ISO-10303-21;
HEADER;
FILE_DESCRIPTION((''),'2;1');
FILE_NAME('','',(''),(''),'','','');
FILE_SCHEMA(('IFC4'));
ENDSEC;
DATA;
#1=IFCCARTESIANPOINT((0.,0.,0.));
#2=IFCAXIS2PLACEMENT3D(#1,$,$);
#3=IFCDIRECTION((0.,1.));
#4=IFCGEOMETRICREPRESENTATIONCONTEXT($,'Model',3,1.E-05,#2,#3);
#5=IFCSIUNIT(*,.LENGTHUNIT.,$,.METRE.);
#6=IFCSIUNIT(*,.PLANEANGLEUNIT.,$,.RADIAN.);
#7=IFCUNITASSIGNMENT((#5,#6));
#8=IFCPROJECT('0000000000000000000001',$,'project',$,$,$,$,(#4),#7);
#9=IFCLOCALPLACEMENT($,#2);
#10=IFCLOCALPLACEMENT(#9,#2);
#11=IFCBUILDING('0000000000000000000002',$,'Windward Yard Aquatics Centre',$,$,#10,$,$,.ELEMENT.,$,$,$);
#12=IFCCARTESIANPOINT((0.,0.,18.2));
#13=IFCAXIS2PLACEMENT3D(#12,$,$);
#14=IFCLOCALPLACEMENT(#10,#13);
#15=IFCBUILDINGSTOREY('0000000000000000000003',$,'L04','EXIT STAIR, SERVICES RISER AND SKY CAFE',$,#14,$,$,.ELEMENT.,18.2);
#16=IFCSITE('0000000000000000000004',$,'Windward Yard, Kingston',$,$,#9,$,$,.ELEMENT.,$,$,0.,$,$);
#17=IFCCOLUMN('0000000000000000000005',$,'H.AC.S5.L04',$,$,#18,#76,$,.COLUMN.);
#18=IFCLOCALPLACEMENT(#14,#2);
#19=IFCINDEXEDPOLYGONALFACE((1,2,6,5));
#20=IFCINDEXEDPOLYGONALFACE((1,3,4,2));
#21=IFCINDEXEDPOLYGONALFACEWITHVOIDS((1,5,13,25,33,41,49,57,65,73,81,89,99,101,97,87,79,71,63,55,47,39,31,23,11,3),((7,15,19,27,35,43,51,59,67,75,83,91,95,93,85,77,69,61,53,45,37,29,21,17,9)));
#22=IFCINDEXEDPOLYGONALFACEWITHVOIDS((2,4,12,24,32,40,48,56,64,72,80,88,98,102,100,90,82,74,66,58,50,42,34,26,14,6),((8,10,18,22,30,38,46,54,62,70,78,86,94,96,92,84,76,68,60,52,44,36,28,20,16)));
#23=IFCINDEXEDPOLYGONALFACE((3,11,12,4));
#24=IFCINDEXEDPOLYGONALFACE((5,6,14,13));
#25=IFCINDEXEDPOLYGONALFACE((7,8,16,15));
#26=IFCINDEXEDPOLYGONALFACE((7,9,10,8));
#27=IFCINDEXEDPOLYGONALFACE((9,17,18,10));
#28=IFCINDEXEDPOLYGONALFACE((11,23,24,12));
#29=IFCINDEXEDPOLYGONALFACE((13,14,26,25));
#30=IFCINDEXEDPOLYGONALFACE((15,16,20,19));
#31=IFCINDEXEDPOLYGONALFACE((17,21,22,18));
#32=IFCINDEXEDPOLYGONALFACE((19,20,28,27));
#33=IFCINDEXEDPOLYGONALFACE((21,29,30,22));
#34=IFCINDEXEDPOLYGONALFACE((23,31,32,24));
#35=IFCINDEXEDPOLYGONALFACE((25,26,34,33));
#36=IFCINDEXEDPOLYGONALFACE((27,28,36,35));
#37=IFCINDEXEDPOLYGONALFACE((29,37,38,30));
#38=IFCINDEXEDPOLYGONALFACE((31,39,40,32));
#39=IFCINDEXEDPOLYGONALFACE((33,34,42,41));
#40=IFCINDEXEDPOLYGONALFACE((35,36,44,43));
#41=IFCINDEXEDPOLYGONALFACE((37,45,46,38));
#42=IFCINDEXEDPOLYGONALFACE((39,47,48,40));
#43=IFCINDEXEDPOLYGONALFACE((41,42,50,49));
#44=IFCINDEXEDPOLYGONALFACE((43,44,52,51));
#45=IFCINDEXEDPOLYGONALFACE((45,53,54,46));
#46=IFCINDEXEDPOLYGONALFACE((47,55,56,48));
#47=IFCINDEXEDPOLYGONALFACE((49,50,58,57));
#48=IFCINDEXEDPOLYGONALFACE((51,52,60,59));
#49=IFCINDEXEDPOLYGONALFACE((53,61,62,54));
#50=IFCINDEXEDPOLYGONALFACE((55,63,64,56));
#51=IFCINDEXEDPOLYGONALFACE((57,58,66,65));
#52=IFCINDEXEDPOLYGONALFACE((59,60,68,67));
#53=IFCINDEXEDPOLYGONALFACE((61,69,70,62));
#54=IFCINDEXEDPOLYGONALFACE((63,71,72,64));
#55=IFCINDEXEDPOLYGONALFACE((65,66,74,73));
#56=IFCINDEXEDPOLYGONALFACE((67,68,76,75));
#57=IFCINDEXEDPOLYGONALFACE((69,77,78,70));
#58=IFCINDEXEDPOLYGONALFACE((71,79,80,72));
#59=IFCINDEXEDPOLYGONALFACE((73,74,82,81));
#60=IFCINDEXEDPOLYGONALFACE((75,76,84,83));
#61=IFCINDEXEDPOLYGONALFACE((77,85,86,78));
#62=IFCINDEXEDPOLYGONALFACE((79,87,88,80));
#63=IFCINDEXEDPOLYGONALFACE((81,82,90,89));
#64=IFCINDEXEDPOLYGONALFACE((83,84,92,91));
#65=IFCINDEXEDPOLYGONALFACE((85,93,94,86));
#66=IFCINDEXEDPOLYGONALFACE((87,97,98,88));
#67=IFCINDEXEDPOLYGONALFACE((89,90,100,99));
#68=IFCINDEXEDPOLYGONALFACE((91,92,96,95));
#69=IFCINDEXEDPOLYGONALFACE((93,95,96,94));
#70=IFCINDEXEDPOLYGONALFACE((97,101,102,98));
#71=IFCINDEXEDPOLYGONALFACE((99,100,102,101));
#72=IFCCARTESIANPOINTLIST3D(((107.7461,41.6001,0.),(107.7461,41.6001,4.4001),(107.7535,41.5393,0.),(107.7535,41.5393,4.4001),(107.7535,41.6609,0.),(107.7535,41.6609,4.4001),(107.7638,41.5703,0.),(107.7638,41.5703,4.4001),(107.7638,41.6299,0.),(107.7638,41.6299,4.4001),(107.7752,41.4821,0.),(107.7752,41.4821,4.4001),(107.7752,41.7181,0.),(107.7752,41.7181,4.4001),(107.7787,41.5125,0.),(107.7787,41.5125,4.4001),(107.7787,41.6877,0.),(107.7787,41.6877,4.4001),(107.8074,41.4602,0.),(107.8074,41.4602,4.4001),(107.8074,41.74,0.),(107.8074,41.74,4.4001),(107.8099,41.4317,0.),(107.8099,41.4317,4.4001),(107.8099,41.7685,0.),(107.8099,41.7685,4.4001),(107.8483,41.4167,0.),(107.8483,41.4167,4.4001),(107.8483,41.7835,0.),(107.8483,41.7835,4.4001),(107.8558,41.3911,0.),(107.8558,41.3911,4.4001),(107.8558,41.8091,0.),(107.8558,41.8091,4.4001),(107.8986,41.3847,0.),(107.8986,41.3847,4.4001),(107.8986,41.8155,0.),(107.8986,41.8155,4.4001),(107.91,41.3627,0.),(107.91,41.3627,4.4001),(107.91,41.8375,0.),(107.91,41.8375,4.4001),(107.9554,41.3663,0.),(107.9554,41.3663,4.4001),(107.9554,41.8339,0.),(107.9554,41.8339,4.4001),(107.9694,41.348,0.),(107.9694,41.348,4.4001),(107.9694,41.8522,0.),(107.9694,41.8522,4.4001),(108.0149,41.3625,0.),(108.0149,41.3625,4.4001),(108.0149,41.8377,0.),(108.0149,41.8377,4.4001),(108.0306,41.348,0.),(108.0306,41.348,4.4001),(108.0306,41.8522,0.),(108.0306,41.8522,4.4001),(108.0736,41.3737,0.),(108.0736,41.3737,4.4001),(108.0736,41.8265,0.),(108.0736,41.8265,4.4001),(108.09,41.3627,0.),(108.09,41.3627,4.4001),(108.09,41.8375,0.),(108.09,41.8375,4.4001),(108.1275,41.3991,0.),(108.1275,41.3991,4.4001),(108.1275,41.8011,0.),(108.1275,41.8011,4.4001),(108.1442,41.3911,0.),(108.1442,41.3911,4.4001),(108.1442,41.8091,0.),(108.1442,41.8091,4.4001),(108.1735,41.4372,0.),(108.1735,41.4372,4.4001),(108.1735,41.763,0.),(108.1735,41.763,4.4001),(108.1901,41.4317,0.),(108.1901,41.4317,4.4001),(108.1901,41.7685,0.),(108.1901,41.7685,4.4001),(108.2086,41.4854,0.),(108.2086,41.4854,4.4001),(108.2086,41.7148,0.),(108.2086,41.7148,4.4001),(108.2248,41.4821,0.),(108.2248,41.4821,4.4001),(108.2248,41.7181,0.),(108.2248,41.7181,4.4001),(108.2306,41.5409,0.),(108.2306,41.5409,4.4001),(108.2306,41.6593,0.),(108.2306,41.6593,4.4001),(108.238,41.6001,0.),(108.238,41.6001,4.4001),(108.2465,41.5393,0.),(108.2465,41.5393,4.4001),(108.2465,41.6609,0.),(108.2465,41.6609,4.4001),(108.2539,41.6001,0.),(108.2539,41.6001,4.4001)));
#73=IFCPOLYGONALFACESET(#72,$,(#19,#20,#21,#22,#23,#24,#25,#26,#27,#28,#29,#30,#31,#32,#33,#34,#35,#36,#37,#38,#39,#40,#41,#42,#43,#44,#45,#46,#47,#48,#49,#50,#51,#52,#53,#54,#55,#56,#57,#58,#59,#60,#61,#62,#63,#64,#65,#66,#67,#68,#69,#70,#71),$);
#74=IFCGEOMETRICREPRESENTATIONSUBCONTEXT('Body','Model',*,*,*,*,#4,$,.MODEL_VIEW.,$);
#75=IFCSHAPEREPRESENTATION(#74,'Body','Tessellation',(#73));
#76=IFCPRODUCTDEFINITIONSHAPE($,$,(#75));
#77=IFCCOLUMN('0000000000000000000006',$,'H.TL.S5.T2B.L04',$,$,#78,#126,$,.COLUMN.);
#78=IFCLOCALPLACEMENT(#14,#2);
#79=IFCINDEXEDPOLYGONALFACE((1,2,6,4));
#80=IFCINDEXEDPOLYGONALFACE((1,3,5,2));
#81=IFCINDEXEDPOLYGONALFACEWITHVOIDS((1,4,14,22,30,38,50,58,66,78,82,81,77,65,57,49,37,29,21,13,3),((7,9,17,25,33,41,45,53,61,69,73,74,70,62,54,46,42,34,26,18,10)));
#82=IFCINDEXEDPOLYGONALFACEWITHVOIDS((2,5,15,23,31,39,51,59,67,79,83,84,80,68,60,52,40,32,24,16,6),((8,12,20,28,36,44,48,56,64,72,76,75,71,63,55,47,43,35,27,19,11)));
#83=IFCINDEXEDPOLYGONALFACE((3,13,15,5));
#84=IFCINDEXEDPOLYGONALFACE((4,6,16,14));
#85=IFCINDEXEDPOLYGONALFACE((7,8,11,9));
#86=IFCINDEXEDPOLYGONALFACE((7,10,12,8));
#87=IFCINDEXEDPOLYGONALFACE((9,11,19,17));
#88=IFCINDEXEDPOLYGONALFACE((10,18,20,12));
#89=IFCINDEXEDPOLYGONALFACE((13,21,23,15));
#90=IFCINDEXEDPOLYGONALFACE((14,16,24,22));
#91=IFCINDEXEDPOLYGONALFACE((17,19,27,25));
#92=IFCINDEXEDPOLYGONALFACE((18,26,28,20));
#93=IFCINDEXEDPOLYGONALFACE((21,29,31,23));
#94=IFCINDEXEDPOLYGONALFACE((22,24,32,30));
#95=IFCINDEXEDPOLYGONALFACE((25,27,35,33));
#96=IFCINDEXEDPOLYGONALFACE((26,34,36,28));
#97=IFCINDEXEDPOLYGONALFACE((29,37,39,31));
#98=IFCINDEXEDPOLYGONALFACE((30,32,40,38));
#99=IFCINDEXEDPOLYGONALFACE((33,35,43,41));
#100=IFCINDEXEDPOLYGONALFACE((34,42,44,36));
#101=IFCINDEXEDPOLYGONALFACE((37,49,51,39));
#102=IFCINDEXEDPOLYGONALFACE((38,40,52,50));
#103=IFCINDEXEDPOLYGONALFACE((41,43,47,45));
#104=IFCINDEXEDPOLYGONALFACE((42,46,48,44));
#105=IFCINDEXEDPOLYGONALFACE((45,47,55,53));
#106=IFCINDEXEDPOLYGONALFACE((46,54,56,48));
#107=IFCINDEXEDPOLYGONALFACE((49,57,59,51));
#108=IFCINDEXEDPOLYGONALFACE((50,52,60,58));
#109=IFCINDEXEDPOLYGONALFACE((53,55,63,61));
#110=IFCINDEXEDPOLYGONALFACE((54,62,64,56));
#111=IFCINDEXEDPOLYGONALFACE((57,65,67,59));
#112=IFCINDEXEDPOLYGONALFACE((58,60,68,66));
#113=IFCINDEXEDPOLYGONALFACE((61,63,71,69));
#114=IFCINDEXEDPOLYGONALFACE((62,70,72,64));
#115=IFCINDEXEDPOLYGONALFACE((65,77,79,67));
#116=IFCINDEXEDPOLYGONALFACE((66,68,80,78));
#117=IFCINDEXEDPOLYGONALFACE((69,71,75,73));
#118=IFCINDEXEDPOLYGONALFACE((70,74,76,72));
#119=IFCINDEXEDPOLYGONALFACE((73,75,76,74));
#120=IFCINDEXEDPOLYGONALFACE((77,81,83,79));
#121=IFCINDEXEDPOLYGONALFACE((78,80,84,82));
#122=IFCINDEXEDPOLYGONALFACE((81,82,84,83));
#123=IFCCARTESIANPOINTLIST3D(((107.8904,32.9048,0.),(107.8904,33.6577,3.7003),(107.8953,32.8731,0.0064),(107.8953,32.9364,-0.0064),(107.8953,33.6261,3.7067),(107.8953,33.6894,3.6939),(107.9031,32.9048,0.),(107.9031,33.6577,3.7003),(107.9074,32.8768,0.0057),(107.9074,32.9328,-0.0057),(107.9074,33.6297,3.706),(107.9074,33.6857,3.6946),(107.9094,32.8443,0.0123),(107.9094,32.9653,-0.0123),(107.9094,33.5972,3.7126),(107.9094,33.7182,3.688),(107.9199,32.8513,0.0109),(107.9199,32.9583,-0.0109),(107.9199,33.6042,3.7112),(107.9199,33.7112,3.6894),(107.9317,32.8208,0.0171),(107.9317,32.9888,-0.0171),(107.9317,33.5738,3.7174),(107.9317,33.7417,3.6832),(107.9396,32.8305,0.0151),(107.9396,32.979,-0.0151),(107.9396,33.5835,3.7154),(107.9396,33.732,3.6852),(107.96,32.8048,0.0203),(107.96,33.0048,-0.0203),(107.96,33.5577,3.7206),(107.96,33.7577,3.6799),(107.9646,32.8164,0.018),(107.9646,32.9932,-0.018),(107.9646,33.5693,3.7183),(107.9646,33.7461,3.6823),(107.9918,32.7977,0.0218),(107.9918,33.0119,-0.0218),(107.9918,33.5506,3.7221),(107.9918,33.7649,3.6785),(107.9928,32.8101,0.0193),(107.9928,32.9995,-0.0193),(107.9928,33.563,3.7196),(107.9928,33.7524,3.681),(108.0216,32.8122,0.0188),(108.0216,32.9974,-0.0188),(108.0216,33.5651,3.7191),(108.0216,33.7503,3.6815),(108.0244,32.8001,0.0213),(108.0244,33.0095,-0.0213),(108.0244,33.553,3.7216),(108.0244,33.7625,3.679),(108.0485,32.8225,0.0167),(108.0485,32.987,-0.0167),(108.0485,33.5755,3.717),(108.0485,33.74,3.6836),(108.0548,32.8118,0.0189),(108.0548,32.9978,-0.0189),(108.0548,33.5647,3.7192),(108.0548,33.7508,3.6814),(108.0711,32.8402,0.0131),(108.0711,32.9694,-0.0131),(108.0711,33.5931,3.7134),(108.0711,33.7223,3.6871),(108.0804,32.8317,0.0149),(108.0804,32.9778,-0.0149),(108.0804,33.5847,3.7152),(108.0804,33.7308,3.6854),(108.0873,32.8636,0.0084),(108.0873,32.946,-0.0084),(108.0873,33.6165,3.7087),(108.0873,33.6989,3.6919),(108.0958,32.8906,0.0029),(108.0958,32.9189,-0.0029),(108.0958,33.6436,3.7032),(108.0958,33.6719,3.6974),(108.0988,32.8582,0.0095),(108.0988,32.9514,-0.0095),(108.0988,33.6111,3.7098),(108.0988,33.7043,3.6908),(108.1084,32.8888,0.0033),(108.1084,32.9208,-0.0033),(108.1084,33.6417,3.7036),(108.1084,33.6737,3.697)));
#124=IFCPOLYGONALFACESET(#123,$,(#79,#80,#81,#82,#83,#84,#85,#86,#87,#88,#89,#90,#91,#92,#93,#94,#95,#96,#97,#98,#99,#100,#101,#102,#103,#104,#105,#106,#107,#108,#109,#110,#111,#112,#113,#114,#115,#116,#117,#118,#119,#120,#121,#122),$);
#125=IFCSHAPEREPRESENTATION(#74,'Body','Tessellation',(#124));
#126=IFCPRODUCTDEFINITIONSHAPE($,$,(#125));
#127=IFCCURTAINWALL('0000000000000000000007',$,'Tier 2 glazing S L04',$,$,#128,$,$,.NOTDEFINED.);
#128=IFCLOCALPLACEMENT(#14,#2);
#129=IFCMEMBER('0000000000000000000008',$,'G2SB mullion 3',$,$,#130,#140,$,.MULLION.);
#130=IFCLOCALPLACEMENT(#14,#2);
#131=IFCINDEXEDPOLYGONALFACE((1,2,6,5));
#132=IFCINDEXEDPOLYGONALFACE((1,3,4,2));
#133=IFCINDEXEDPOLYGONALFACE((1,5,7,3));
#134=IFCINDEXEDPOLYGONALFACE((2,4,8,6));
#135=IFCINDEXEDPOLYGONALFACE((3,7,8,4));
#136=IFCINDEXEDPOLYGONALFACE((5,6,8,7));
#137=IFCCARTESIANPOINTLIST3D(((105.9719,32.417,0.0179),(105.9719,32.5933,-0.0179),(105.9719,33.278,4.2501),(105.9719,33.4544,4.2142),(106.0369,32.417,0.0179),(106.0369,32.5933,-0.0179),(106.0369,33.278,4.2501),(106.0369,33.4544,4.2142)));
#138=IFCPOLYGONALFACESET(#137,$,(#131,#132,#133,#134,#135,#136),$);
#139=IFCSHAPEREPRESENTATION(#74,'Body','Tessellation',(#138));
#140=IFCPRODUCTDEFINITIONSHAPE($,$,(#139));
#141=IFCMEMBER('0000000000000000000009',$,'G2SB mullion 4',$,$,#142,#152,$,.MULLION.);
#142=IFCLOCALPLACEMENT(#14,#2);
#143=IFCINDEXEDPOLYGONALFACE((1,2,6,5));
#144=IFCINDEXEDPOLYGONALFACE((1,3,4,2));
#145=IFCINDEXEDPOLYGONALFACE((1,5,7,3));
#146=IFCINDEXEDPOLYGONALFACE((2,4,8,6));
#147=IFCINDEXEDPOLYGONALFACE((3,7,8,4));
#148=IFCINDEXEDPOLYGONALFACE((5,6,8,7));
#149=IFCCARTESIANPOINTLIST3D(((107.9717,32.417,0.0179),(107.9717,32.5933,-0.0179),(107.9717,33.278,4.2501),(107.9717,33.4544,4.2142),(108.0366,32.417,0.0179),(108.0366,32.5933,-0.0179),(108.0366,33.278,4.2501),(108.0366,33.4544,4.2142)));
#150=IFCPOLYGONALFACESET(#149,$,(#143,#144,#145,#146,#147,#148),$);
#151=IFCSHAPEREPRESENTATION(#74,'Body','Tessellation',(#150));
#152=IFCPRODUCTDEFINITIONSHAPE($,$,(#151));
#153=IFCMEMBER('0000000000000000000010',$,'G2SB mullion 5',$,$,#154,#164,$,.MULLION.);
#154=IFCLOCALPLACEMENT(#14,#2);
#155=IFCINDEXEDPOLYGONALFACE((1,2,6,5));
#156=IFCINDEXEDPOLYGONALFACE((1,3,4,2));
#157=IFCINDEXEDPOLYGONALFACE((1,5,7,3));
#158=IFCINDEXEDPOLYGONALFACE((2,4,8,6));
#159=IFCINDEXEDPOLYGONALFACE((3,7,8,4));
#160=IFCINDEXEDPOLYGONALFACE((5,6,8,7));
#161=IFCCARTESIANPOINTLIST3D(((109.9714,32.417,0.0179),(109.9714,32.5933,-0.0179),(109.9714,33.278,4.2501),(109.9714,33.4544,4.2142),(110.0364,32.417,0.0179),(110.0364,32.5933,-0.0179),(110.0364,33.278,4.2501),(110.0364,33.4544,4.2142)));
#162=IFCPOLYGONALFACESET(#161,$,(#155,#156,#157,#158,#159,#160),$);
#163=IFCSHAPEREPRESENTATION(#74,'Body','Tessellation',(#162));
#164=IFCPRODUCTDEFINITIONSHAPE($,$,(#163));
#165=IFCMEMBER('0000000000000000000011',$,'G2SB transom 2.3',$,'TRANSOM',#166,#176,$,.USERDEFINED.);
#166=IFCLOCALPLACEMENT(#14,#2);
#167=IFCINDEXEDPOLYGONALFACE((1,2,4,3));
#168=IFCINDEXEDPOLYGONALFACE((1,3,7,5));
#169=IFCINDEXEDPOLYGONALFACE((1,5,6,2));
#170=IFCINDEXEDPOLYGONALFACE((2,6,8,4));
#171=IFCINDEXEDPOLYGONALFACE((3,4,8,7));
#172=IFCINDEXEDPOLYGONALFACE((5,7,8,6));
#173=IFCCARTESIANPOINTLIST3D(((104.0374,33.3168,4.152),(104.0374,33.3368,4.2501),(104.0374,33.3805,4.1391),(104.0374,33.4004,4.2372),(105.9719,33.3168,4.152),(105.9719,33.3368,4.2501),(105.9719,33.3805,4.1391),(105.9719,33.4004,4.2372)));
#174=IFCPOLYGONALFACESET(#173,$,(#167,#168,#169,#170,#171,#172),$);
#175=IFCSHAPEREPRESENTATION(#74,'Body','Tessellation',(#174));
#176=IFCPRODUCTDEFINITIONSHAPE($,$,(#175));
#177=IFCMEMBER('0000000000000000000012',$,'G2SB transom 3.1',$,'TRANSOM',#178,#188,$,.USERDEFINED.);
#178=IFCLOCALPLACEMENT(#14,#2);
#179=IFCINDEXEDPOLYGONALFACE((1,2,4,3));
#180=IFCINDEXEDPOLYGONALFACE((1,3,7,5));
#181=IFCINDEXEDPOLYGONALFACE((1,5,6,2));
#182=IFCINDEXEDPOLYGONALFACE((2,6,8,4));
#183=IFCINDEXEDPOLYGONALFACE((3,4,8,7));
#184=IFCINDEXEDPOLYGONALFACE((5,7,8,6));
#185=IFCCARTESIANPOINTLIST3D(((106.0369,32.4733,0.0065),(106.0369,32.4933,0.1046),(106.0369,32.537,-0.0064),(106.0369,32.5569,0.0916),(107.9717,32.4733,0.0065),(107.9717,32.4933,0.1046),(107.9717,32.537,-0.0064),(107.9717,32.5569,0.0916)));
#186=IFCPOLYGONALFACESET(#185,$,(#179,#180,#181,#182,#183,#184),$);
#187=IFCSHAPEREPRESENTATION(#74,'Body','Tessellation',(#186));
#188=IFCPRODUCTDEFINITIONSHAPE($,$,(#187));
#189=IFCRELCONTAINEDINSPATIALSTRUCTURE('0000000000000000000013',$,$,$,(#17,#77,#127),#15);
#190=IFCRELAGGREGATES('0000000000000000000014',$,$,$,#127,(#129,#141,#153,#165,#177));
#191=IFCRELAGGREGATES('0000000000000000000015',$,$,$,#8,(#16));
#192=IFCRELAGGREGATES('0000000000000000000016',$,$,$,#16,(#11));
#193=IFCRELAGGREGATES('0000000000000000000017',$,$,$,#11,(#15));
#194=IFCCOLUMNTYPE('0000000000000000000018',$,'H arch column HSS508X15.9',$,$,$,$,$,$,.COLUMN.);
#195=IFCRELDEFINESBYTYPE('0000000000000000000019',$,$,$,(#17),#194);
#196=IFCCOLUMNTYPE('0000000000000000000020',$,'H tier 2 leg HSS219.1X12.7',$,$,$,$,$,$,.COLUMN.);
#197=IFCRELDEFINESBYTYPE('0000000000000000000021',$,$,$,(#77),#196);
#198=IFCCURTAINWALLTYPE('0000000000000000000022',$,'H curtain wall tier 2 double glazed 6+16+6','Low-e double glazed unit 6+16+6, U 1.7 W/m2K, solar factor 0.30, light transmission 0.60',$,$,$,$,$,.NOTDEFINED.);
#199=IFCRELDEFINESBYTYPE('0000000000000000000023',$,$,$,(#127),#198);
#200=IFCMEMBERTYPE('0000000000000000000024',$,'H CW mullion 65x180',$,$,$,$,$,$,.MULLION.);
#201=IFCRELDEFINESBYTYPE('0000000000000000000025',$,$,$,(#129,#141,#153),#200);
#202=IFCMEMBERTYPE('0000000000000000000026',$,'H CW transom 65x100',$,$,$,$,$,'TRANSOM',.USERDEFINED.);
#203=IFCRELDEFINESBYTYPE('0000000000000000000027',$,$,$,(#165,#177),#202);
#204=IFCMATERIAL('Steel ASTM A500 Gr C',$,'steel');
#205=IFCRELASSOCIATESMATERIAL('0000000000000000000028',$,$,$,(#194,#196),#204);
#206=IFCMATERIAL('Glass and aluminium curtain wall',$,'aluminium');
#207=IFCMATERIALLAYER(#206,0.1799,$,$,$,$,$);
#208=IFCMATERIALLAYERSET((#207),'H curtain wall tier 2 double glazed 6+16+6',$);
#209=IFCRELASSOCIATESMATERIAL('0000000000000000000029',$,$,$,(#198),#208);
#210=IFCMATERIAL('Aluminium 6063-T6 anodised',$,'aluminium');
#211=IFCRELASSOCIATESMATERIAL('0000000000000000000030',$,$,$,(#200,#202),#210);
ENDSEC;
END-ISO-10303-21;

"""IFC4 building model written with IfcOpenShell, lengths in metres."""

from ifc_helpers import new_model, si_unit, direction, frame, origin, origin_2d, place, context, subcontext, project, spatial, rectangle, hollow_circle, extrude, material, layer, layer_set, material_profile, profile_set, type_object, element, aggregate, save


model = new_model("IFC4")

# Units and contexts
model_context = context("Model", 3, precision=1e-05, world=origin(), true_north=direction((0.0, 1.0)))
body_context = subcontext(model_context, "Body", "Model", "MODEL_VIEW")
ifc_project = project(units=[si_unit("LENGTHUNIT", "METRE"), si_unit("PLANEANGLEUNIT", "RADIAN")], contexts=[model_context])

# Site, building, storey
site_placement = place(None, origin())
site = spatial("IfcSite", under=ifc_project, at=site_placement, Name="Windward Yard, Kingston", CompositionType="ELEMENT", RefElevation=0.0)
building_placement = place(site_placement, origin())
building = spatial("IfcBuilding", under=site, at=building_placement, Name="Windward Yard Aquatics Centre", CompositionType="ELEMENT")
storey_placement = place(building_placement, frame((0.0, 0.0, 18.2)))
storey = spatial("IfcBuildingStorey", under=building, at=storey_placement, Name="L04", Description="EXIT STAIR, SERVICES RISER AND SKY CAFE", CompositionType="ELEMENT", Elevation=18.2)

# Columns
ifc_material_1 = material(Name="Steel ASTM A500 Gr C", Category="steel")
ifc_material_profile_1 = material_profile(ifc_material_1, hollow_circle(Radius=0.2539, WallThickness=0.0159, at=origin_2d()), Name="HSS508X15.9")
ifc_profile_set_1 = profile_set([ifc_material_profile_1], Name="Steel ASTM A500 Gr C")
column_type_1 = type_object("IfcColumnType", Name="H arch column HSS508X15.9", PredefinedType="COLUMN", material=ifc_profile_set_1)
column_1_placement = place(storey_placement, frame((108.0, 41.6001, 0.0), z_axis=(0.0, 0.0, 1.0), x_axis=(1.0, 0.0, 0.0)))
element("IfcColumn", 1, at=column_1_placement, inside=storey, type_object=column_type_1, Name="H.AC.S5.L04", PredefinedType="COLUMN", context=body_context, shape_type="SweptSolid", body=[
    extrude(hollow_circle(Radius=0.2539, WallThickness=0.0159, at=origin_2d()), origin(), (0.0, 0.0, 1.0), 4.4001),
])
ifc_material_profile_2 = material_profile(ifc_material_1, hollow_circle(Radius=0.1096, WallThickness=0.0127, at=origin_2d()), Name="HSS219.1X12.7")
ifc_profile_set_2 = profile_set([ifc_material_profile_2], Name="Steel ASTM A500 Gr C")
column_type_2 = type_object("IfcColumnType", Name="H tier 2 leg HSS219.1X12.7", PredefinedType="COLUMN", material=ifc_profile_set_2)
column_2_placement = place(storey_placement, frame((108.0, 32.9048, 0.0), z_axis=(0.0, 0.199398, 0.979919), x_axis=(-1.0, 0.0, 0.0)))
element("IfcColumn", 2, at=column_2_placement, inside=storey, type_object=column_type_2, Name="H.TL.S5.T2B.L04", PredefinedType="COLUMN", context=body_context, shape_type="SweptSolid", body=[
    extrude(hollow_circle(Radius=0.1096, WallThickness=0.0127, at=origin_2d()), origin(), (0.0, 0.0, 1.0), 3.7761),
])

# Curtain wall, members
ifc_material_2 = material(Name="Glass and aluminium curtain wall", Category="aluminium")
ifc_layer_1 = layer(ifc_material_2, 0.1799)
ifc_layer_set_1 = layer_set([ifc_layer_1], Name="H curtain wall tier 2 double glazed 6+16+6")
curtain_wall_type = type_object("IfcCurtainWallType", Name="H curtain wall tier 2 double glazed 6+16+6", Description="Low-e double glazed unit 6+16+6, U 1.7 W/m2K, solar factor 0.30, light transmission 0.60", PredefinedType="NOTDEFINED", material=ifc_layer_set_1)
curtain_wall_placement = place(storey_placement, origin())
curtain_wall = element("IfcCurtainWall", 3, at=curtain_wall_placement, inside=storey, type_object=curtain_wall_type, Name="Tier 2 glazing S L04", PredefinedType="NOTDEFINED")
ifc_material_3 = material(Name="Aluminium 6063-T6 anodised", Category="aluminium")
ifc_material_profile_3 = material_profile(ifc_material_3, rectangle(XDim=0.0649, YDim=0.1799, at=origin_2d()), Name="H CW mullion 65x180")
ifc_profile_set_3 = profile_set([ifc_material_profile_3], Name="Aluminium 6063-T6 anodised")
member_type_1 = type_object("IfcMemberType", Name="H CW mullion 65x180", PredefinedType="MULLION", material=ifc_profile_set_3)
member_1_placement = place(storey_placement, frame((106.0044, 32.5051, 0.0), z_axis=(0.0, 0.199376, 0.979923), x_axis=(-1.0, 0.0, 0.0)))
member_1 = element("IfcMember", 4, at=member_1_placement, type_object=member_type_1, Name="G2SB mullion 3", PredefinedType="MULLION", context=body_context, shape_type="SweptSolid", body=[
    extrude(rectangle(XDim=0.0649, YDim=0.1799, at=origin_2d()), origin(), (0.0, 0.0, 1.0), 4.3188),
])
member_2_placement = place(storey_placement, frame((108.0042, 32.5051, 0.0), z_axis=(0.0, 0.199376, 0.979923), x_axis=(-1.0, 0.0, 0.0)))
member_2 = element("IfcMember", 5, at=member_2_placement, type_object=member_type_1, Name="G2SB mullion 4", PredefinedType="MULLION", context=body_context, shape_type="SweptSolid", body=[
    extrude(rectangle(XDim=0.0649, YDim=0.1799, at=origin_2d()), origin(), (0.0, 0.0, 1.0), 4.3188),
])
member_3_placement = place(storey_placement, frame((110.0039, 32.5051, 0.0), z_axis=(0.0, 0.199376, 0.979923), x_axis=(-1.0, 0.0, 0.0)))
member_3 = element("IfcMember", 6, at=member_3_placement, type_object=member_type_1, Name="G2SB mullion 5", PredefinedType="MULLION", context=body_context, shape_type="SweptSolid", body=[
    extrude(rectangle(XDim=0.0649, YDim=0.1799, at=origin_2d()), origin(), (0.0, 0.0, 1.0), 4.3188),
])
ifc_material_profile_4 = material_profile(ifc_material_3, rectangle(XDim=0.0649, YDim=0.1001, at=origin_2d()), Name="H CW transom 65x100")
ifc_profile_set_4 = profile_set([ifc_material_profile_4], Name="Aluminium 6063-T6 anodised")
member_type_2 = type_object("IfcMemberType", Name="H CW transom 65x100", ElementType="TRANSOM", PredefinedType="USERDEFINED", material=ifc_profile_set_4)
member_4_placement = place(storey_placement, frame((104.0374, 33.3586, 4.1946), z_axis=(1.0, 0.0, 0.0), x_axis=(0.0, -0.979925, 0.199368)))
member_4 = element("IfcMember", 7, at=member_4_placement, type_object=member_type_2, Name="G2SB transom 2.3", ObjectType="TRANSOM", PredefinedType="USERDEFINED", context=body_context, shape_type="SweptSolid", body=[
    extrude(rectangle(XDim=0.0649, YDim=0.1001, at=origin_2d()), origin(), (0.0, 0.0, 1.0), 1.9346),
])
member_5_placement = place(storey_placement, frame((106.0369, 32.5151, 0.0491), z_axis=(1.0, 0.0, 0.0), x_axis=(0.0, -0.979925, 0.199368)))
member_5 = element("IfcMember", 8, at=member_5_placement, type_object=member_type_2, Name="G2SB transom 3.1", ObjectType="TRANSOM", PredefinedType="USERDEFINED", context=body_context, shape_type="SweptSolid", body=[
    extrude(rectangle(XDim=0.0649, YDim=0.1001, at=origin_2d()), origin(), (0.0, 0.0, 1.0), 1.9348),
])

aggregate(curtain_wall, [member_1, member_2, member_3, member_4, member_5])

save(model, "model.ifc")
